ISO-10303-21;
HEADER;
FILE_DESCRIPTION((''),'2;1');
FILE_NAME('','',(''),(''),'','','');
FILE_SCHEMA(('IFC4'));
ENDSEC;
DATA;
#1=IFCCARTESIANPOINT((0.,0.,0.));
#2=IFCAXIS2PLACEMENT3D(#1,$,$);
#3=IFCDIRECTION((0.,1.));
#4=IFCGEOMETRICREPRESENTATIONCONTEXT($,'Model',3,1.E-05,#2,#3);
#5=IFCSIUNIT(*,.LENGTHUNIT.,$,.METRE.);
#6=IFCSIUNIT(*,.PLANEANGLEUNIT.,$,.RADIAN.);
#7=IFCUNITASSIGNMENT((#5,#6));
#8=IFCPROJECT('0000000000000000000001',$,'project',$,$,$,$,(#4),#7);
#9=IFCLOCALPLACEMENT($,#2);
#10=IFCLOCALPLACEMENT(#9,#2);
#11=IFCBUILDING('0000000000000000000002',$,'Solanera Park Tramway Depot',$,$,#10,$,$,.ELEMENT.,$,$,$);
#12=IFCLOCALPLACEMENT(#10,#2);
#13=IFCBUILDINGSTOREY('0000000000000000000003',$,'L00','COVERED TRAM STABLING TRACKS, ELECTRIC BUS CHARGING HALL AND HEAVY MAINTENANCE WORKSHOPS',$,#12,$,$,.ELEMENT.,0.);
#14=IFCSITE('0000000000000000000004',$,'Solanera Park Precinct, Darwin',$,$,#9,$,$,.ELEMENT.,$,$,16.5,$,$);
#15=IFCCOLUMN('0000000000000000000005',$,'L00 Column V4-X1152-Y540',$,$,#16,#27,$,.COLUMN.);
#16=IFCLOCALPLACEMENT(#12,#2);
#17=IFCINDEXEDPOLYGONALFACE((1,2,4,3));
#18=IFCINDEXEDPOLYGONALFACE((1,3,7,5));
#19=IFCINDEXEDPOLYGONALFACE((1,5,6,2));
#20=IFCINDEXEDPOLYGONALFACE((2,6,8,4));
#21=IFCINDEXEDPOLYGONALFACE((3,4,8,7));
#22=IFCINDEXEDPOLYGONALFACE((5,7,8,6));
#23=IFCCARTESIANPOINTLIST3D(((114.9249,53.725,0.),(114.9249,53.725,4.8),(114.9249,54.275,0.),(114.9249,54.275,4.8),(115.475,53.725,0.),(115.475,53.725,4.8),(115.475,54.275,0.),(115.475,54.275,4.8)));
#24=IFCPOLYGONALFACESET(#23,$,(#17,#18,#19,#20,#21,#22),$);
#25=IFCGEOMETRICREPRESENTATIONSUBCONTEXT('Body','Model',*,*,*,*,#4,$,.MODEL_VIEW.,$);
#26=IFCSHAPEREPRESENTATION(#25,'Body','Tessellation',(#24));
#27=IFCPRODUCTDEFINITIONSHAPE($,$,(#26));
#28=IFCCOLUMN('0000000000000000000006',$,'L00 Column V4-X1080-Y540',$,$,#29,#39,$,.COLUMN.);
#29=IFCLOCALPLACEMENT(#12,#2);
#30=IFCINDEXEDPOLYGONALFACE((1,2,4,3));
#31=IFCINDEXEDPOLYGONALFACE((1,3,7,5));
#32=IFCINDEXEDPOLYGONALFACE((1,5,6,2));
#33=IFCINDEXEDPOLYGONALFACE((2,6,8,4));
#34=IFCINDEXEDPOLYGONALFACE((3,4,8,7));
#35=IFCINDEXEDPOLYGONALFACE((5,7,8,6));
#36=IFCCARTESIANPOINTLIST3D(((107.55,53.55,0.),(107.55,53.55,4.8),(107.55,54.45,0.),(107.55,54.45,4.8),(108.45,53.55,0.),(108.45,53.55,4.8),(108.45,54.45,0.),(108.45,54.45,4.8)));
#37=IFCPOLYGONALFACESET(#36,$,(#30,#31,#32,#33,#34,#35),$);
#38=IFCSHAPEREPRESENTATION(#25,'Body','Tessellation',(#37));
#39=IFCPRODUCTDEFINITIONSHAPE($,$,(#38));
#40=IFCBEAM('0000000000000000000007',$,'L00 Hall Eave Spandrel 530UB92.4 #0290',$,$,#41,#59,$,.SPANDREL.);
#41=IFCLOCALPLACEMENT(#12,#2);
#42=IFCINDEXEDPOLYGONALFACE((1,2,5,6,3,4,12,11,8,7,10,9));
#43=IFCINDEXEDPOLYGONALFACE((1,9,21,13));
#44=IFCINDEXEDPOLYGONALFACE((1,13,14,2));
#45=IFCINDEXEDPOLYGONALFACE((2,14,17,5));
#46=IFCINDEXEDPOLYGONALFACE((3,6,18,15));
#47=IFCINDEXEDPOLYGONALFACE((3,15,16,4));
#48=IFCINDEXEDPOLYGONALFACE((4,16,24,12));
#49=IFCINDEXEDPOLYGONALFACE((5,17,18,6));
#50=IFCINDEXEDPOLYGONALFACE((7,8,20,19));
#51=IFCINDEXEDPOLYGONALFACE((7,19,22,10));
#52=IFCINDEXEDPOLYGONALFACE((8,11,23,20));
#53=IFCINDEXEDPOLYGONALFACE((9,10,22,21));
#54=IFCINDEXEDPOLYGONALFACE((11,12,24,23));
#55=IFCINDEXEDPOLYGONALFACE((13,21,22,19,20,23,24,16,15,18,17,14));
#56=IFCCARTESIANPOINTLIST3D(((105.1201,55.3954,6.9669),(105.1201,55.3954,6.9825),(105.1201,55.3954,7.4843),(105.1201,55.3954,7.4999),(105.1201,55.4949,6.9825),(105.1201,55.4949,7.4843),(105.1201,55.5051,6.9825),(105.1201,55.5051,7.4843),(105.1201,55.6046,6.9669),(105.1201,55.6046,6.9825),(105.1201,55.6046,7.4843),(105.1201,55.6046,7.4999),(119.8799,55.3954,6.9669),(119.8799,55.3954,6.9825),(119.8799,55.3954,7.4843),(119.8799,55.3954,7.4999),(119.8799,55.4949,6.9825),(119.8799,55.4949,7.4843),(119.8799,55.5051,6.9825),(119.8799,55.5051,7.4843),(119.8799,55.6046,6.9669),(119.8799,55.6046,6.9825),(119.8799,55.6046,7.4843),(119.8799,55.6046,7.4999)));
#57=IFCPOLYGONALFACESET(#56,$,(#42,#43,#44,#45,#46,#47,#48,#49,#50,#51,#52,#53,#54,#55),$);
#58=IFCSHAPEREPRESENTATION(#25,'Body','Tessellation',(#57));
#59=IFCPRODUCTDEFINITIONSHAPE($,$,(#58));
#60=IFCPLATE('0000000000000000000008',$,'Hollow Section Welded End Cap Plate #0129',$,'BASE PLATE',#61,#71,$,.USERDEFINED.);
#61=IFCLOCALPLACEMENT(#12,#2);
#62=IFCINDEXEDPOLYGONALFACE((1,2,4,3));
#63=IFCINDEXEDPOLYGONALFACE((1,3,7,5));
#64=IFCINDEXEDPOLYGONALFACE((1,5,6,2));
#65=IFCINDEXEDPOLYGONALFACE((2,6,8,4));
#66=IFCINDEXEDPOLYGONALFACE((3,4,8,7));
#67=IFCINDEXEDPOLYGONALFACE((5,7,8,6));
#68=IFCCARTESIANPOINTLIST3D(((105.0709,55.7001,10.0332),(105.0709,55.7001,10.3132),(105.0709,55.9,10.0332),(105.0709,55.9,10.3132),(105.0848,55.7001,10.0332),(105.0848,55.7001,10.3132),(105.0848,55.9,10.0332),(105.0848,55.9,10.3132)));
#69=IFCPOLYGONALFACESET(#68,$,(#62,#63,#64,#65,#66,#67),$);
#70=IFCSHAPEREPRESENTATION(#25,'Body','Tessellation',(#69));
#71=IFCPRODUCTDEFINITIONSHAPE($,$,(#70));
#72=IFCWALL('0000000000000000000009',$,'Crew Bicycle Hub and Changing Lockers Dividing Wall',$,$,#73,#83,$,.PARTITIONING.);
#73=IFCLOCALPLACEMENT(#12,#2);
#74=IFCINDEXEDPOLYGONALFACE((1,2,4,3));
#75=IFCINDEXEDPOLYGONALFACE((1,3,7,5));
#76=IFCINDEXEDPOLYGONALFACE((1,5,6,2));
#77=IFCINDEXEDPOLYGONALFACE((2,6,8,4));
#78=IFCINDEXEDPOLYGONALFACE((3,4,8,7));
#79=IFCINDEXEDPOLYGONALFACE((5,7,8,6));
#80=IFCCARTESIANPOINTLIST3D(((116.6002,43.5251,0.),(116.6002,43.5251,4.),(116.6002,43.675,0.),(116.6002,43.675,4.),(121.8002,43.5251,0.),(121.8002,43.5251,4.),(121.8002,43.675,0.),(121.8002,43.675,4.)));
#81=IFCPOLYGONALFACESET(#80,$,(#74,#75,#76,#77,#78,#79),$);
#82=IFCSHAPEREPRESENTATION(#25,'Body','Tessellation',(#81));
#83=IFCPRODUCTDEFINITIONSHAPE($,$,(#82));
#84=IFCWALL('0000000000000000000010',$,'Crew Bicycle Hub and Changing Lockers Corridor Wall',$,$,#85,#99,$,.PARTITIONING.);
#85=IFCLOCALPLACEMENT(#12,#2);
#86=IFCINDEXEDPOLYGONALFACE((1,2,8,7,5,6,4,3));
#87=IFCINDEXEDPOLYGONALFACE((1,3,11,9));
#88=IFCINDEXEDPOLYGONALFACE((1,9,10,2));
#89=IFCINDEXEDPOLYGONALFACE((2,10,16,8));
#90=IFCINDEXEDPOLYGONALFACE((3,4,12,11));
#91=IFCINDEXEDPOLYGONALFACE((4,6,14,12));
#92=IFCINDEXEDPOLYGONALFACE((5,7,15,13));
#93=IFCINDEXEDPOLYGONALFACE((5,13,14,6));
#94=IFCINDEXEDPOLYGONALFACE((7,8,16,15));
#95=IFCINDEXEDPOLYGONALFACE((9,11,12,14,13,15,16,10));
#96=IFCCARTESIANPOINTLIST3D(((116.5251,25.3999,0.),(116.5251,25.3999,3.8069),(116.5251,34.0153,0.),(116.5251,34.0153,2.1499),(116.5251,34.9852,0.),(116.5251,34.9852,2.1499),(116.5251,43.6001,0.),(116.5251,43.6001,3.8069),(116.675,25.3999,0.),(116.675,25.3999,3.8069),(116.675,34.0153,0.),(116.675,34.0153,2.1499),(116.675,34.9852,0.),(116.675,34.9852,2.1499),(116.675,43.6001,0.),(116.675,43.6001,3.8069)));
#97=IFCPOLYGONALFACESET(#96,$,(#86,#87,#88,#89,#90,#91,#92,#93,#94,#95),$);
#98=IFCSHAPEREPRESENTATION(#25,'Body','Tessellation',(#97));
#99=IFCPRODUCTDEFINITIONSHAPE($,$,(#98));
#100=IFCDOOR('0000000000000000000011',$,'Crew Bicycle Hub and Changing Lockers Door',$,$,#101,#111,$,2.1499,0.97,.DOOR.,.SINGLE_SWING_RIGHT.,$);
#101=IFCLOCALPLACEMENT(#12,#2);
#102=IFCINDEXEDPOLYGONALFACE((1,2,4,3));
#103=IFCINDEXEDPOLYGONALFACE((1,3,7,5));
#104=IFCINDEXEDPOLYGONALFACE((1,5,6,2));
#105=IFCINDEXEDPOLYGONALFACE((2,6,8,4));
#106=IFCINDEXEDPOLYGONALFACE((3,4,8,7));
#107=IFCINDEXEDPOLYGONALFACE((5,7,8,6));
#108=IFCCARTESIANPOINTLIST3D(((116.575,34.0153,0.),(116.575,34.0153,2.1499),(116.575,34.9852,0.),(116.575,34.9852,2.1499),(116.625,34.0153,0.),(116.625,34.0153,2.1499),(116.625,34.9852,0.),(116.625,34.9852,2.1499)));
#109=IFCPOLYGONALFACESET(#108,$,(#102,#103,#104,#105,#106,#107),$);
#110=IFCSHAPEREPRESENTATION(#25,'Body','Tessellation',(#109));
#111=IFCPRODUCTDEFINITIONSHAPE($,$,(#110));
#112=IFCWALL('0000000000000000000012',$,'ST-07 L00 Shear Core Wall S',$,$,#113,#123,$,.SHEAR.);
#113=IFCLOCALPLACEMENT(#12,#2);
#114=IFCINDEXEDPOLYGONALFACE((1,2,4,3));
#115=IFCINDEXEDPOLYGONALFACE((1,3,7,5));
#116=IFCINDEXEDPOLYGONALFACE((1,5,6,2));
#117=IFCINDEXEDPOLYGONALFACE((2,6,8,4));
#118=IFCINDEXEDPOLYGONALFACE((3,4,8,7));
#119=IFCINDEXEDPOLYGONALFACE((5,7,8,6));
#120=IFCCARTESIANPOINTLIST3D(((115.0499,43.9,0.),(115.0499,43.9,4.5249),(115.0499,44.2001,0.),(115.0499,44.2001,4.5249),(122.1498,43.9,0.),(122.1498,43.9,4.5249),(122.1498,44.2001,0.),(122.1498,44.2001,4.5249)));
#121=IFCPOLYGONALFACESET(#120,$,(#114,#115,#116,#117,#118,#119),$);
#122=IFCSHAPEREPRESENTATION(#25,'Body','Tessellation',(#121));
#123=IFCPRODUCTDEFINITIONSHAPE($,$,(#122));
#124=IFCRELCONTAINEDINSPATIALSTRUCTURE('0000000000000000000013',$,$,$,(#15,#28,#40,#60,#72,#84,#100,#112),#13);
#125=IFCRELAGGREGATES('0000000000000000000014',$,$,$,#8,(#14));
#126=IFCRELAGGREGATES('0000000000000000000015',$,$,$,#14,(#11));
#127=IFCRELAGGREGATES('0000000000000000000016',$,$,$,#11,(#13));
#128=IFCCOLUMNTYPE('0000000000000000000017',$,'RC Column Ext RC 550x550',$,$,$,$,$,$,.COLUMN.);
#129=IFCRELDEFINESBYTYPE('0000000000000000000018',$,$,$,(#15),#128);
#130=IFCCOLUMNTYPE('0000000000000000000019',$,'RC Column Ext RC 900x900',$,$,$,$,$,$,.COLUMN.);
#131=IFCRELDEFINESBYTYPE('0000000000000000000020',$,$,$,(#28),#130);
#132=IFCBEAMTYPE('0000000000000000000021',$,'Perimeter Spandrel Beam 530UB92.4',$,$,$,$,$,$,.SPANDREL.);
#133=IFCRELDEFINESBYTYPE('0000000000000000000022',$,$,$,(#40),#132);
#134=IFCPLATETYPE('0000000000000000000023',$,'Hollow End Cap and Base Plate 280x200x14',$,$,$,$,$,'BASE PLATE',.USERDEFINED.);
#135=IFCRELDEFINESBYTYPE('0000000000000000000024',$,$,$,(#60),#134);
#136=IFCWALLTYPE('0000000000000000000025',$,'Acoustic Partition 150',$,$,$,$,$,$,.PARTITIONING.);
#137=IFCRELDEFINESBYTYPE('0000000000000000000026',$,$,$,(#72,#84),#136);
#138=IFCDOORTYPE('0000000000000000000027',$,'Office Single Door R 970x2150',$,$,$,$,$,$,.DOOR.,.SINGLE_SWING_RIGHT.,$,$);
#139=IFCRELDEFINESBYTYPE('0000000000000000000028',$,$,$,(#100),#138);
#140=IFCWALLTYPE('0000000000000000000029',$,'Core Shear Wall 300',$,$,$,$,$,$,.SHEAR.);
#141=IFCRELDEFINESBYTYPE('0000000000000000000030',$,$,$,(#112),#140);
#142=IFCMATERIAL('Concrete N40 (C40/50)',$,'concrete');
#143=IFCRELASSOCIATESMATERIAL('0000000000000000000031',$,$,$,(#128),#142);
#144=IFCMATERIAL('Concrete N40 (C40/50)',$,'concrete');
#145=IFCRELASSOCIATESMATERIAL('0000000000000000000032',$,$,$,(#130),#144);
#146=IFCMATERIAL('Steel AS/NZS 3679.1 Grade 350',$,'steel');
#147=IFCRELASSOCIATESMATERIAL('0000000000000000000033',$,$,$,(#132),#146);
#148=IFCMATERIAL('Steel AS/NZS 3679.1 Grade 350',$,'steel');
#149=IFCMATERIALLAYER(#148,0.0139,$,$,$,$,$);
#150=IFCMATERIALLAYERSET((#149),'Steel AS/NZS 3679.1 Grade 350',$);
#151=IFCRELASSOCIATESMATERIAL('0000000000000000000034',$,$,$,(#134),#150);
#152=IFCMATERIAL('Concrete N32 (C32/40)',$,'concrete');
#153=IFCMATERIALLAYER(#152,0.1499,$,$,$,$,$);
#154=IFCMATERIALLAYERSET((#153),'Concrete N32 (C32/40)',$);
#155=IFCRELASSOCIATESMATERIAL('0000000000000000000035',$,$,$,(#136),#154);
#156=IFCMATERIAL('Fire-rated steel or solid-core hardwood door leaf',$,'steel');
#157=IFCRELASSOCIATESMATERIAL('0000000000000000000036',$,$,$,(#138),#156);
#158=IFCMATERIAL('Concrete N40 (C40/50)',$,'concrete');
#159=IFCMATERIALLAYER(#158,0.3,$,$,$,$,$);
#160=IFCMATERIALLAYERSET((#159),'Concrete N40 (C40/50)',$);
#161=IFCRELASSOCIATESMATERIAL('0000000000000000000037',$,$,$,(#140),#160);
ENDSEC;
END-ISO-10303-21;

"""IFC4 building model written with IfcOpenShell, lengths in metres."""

from ifc_helpers import new_model, si_unit, direction, frame, frame_2d, origin, origin_2d, place, context, subcontext, project, spatial, rectangle, i_section, extrude, material, layer, layer_set, material_profile, profile_set, type_object, element, fill, save


model = new_model("IFC4")

# Units and contexts
model_context = context("Model", 3, precision=1e-05, world=origin(), true_north=direction((0.0, 1.0)))
body_context = subcontext(model_context, "Body", "Model", "MODEL_VIEW")
ifc_project = project(units=[si_unit("LENGTHUNIT", "METRE"), si_unit("PLANEANGLEUNIT", "RADIAN")], contexts=[model_context])

# Site, building, storey
site_placement = place(None, origin())
site = spatial("IfcSite", under=ifc_project, at=site_placement, Name="Solanera Park Precinct, Darwin", CompositionType="ELEMENT", RefElevation=16.5)
building_placement = place(site_placement, origin())
building = spatial("IfcBuilding", under=site, at=building_placement, Name="Solanera Park Tramway Depot", CompositionType="ELEMENT")
storey_placement = place(building_placement, origin())
storey = spatial("IfcBuildingStorey", under=building, at=storey_placement, Name="L00", Description="COVERED TRAM STABLING TRACKS, ELECTRIC BUS CHARGING HALL AND HEAVY MAINTENANCE WORKSHOPS", CompositionType="ELEMENT", Elevation=0.0)

# Columns
ifc_material_1 = material(Name="Concrete N40 (C40/50)", Category="concrete")
ifc_material_profile_1 = material_profile(ifc_material_1, rectangle(XDim=0.55, YDim=0.55, at=origin_2d()), Name="RC 550x550")
ifc_profile_set_1 = profile_set([ifc_material_profile_1], Name="Concrete N40 (C40/50)")
column_type_1 = type_object("IfcColumnType", Name="RC Column Ext RC 550x550", PredefinedType="COLUMN", material=ifc_profile_set_1)
column_1_placement = place(storey_placement, frame((115.2, 54.0, 0.0), z_axis=(0.0, 0.0, 1.0), x_axis=(1.0, 0.0, 0.0)))
element("IfcColumn", 1, at=column_1_placement, inside=storey, type_object=column_type_1, Name="L00 Column V4-X1152-Y540", PredefinedType="COLUMN", context=body_context, shape_type="SweptSolid", body=[
    extrude(rectangle(XDim=0.55, YDim=0.55, at=origin_2d()), origin(), (0.0, 0.0, 1.0), 4.8),
])
ifc_material_2 = material(Name="Concrete N40 (C40/50)", Category="concrete")
ifc_material_profile_2 = material_profile(ifc_material_2, rectangle(XDim=0.8999, YDim=0.8999, at=origin_2d()), Name="RC 900x900")
ifc_profile_set_2 = profile_set([ifc_material_profile_2], Name="Concrete N40 (C40/50)")
column_type_2 = type_object("IfcColumnType", Name="RC Column Ext RC 900x900", PredefinedType="COLUMN", material=ifc_profile_set_2)
column_2_placement = place(storey_placement, frame((108.0, 54.0, 0.0), z_axis=(0.0, 0.0, 1.0), x_axis=(1.0, 0.0, 0.0)))
element("IfcColumn", 2, at=column_2_placement, inside=storey, type_object=column_type_2, Name="L00 Column V4-X1080-Y540", PredefinedType="COLUMN", context=body_context, shape_type="SweptSolid", body=[
    extrude(rectangle(XDim=0.8999, YDim=0.8999, at=origin_2d()), origin(), (0.0, 0.0, 1.0), 4.8),
])

# Beam
ifc_material_3 = material(Name="Steel AS/NZS 3679.1 Grade 350", Category="steel")
ifc_material_profile_3 = material_profile(ifc_material_3, i_section(OverallWidth=0.2092, OverallDepth=0.533, WebThickness=0.0103, FlangeThickness=0.0156, at=origin_2d()), Name="530UB92.4")
ifc_profile_set_3 = profile_set([ifc_material_profile_3], Name="Steel AS/NZS 3679.1 Grade 350")
beam_type = type_object("IfcBeamType", Name="Perimeter Spandrel Beam 530UB92.4", PredefinedType="SPANDREL", material=ifc_profile_set_3)
beam_placement = place(storey_placement, frame((105.1201, 55.5, 7.2334), z_axis=(1.0, 0.0, 0.0), x_axis=(0.0, 1.0, 0.0)))
element("IfcBeam", 3, at=beam_placement, inside=storey, type_object=beam_type, Name="L00 Hall Eave Spandrel 530UB92.4 #0290", PredefinedType="SPANDREL", context=body_context, shape_type="SweptSolid", body=[
    extrude(i_section(OverallWidth=0.2092, OverallDepth=0.533, WebThickness=0.0103, FlangeThickness=0.0156, at=origin_2d()), origin(), (0.0, 0.0, 1.0), 14.7598),
])

# Plate
ifc_material_4 = material(Name="Steel AS/NZS 3679.1 Grade 350", Category="steel")
ifc_layer_1 = layer(ifc_material_4, 0.0139)
ifc_layer_set_1 = layer_set([ifc_layer_1], Name="Steel AS/NZS 3679.1 Grade 350")
plate_type = type_object("IfcPlateType", Name="Hollow End Cap and Base Plate 280x200x14", ElementType="BASE PLATE", PredefinedType="USERDEFINED", material=ifc_layer_set_1)
plate_placement = place(storey_placement, frame((105.0779, 55.8, 10.0332), z_axis=(0.0, 0.0, 1.0), x_axis=(1.0, 0.0, 0.0)))
element("IfcPlate", 4, at=plate_placement, inside=storey, type_object=plate_type, Name="Hollow Section Welded End Cap Plate #0129", ObjectType="BASE PLATE", PredefinedType="USERDEFINED", context=body_context, shape_type="SweptSolid", body=[
    extrude(rectangle(XDim=0.0139, YDim=0.2, at=origin_2d()), origin(), (0.0, 0.0, 1.0), 0.28),
])

# Wall
ifc_material_5 = material(Name="Concrete N32 (C32/40)", Category="concrete")
ifc_layer_2 = layer(ifc_material_5, 0.1499)
ifc_layer_set_2 = layer_set([ifc_layer_2], Name="Concrete N32 (C32/40)")
wall_type_1 = type_object("IfcWallType", Name="Acoustic Partition 150", PredefinedType="PARTITIONING", material=ifc_layer_set_2)
wall_1_placement = place(storey_placement, frame((116.6001, 43.6001, 0.0), z_axis=(0.0, 0.0, 1.0), x_axis=(1.0, 0.0, 0.0)))
element("IfcWall", 5, at=wall_1_placement, inside=storey, type_object=wall_type_1, Name="Crew Bicycle Hub and Changing Lockers Dividing Wall", PredefinedType="PARTITIONING", context=body_context, shape_type="SweptSolid", body=[
    extrude(rectangle(XDim=5.2, YDim=0.1499, at=frame_2d((2.6001, 0.0))), origin(), (0.0, 0.0, 1.0), 4.0),
])

# Wall, opening, door
wall_2_placement = place(storey_placement, frame((116.6001, 43.6001, 0.0), z_axis=(0.0, 0.0, 1.0), x_axis=(0.0, -1.0, 0.0)))
wall_2 = element("IfcWall", 6, at=wall_2_placement, inside=storey, type_object=wall_type_1, Name="Crew Bicycle Hub and Changing Lockers Corridor Wall", PredefinedType="PARTITIONING", context=body_context, shape_type="SweptSolid", body=[
    extrude(rectangle(XDim=18.2002, YDim=0.1499, at=frame_2d((9.1001, 0.0))), origin(), (0.0, 0.0, 1.0), 3.8069),
])
opening_1_placement = place(wall_2_placement, frame((8.615, 0.0, 0.0)))
opening_1 = element("IfcOpeningElement", 7, at=opening_1_placement, cuts=wall_2, PredefinedType="OPENING", context=body_context, shape_type="SweptSolid", body=[
    extrude(rectangle(XDim=0.97, YDim=2.1499, at=frame_2d((0.4849, 1.075))), frame((0.0, 0.085, 0.0), z_axis=(0.0, -1.0, 0.0), x_axis=(1.0, 0.0, 0.0)), (0.0, 0.0, 1.0), 0.1699),
])
ifc_material_6 = material(Name="Fire-rated steel or solid-core hardwood door leaf", Category="steel")
door_type_1 = type_object("IfcDoorType", Name="Office Single Door R 970x2150", OperationType="SINGLE_SWING_RIGHT", PredefinedType="DOOR", material=ifc_material_6)
door_1_placement = place(opening_1_placement, origin())
door_1 = element("IfcDoor", 8, at=door_1_placement, inside=storey, type_object=door_type_1, Name="Crew Bicycle Hub and Changing Lockers Door", OperationType="SINGLE_SWING_RIGHT", OverallHeight=2.1499, OverallWidth=0.97, PredefinedType="DOOR", context=body_context, shape_type="SweptSolid", body=[
    extrude(rectangle(XDim=0.97, YDim=2.1499, at=frame_2d((0.4849, 1.075))), frame((0.0, 0.0249, 0.0), z_axis=(0.0, -1.0, 0.0), x_axis=(1.0, 0.0, 0.0)), (0.0, 0.0, 1.0), 0.05),
])
fill(opening_1, door_1)

# Wall
ifc_material_7 = material(Name="Concrete N40 (C40/50)", Category="concrete")
ifc_layer_3 = layer(ifc_material_7, 0.3)
ifc_layer_set_3 = layer_set([ifc_layer_3], Name="Concrete N40 (C40/50)")
wall_type_2 = type_object("IfcWallType", Name="Core Shear Wall 300", PredefinedType="SHEAR", material=ifc_layer_set_3)
wall_3_placement = place(storey_placement, frame((115.05, 44.05, 0.0), z_axis=(0.0, 0.0, 1.0), x_axis=(1.0, 0.0, 0.0)))
element("IfcWall", 9, at=wall_3_placement, inside=storey, type_object=wall_type_2, Name="ST-07 L00 Shear Core Wall S", PredefinedType="SHEAR", context=body_context, shape_type="SweptSolid", body=[
    extrude(rectangle(XDim=7.0999, YDim=0.3, at=frame_2d((3.5498, 0.0))), origin(), (0.0, 0.0, 1.0), 4.5249),
])

save(model, "model.ifc")
